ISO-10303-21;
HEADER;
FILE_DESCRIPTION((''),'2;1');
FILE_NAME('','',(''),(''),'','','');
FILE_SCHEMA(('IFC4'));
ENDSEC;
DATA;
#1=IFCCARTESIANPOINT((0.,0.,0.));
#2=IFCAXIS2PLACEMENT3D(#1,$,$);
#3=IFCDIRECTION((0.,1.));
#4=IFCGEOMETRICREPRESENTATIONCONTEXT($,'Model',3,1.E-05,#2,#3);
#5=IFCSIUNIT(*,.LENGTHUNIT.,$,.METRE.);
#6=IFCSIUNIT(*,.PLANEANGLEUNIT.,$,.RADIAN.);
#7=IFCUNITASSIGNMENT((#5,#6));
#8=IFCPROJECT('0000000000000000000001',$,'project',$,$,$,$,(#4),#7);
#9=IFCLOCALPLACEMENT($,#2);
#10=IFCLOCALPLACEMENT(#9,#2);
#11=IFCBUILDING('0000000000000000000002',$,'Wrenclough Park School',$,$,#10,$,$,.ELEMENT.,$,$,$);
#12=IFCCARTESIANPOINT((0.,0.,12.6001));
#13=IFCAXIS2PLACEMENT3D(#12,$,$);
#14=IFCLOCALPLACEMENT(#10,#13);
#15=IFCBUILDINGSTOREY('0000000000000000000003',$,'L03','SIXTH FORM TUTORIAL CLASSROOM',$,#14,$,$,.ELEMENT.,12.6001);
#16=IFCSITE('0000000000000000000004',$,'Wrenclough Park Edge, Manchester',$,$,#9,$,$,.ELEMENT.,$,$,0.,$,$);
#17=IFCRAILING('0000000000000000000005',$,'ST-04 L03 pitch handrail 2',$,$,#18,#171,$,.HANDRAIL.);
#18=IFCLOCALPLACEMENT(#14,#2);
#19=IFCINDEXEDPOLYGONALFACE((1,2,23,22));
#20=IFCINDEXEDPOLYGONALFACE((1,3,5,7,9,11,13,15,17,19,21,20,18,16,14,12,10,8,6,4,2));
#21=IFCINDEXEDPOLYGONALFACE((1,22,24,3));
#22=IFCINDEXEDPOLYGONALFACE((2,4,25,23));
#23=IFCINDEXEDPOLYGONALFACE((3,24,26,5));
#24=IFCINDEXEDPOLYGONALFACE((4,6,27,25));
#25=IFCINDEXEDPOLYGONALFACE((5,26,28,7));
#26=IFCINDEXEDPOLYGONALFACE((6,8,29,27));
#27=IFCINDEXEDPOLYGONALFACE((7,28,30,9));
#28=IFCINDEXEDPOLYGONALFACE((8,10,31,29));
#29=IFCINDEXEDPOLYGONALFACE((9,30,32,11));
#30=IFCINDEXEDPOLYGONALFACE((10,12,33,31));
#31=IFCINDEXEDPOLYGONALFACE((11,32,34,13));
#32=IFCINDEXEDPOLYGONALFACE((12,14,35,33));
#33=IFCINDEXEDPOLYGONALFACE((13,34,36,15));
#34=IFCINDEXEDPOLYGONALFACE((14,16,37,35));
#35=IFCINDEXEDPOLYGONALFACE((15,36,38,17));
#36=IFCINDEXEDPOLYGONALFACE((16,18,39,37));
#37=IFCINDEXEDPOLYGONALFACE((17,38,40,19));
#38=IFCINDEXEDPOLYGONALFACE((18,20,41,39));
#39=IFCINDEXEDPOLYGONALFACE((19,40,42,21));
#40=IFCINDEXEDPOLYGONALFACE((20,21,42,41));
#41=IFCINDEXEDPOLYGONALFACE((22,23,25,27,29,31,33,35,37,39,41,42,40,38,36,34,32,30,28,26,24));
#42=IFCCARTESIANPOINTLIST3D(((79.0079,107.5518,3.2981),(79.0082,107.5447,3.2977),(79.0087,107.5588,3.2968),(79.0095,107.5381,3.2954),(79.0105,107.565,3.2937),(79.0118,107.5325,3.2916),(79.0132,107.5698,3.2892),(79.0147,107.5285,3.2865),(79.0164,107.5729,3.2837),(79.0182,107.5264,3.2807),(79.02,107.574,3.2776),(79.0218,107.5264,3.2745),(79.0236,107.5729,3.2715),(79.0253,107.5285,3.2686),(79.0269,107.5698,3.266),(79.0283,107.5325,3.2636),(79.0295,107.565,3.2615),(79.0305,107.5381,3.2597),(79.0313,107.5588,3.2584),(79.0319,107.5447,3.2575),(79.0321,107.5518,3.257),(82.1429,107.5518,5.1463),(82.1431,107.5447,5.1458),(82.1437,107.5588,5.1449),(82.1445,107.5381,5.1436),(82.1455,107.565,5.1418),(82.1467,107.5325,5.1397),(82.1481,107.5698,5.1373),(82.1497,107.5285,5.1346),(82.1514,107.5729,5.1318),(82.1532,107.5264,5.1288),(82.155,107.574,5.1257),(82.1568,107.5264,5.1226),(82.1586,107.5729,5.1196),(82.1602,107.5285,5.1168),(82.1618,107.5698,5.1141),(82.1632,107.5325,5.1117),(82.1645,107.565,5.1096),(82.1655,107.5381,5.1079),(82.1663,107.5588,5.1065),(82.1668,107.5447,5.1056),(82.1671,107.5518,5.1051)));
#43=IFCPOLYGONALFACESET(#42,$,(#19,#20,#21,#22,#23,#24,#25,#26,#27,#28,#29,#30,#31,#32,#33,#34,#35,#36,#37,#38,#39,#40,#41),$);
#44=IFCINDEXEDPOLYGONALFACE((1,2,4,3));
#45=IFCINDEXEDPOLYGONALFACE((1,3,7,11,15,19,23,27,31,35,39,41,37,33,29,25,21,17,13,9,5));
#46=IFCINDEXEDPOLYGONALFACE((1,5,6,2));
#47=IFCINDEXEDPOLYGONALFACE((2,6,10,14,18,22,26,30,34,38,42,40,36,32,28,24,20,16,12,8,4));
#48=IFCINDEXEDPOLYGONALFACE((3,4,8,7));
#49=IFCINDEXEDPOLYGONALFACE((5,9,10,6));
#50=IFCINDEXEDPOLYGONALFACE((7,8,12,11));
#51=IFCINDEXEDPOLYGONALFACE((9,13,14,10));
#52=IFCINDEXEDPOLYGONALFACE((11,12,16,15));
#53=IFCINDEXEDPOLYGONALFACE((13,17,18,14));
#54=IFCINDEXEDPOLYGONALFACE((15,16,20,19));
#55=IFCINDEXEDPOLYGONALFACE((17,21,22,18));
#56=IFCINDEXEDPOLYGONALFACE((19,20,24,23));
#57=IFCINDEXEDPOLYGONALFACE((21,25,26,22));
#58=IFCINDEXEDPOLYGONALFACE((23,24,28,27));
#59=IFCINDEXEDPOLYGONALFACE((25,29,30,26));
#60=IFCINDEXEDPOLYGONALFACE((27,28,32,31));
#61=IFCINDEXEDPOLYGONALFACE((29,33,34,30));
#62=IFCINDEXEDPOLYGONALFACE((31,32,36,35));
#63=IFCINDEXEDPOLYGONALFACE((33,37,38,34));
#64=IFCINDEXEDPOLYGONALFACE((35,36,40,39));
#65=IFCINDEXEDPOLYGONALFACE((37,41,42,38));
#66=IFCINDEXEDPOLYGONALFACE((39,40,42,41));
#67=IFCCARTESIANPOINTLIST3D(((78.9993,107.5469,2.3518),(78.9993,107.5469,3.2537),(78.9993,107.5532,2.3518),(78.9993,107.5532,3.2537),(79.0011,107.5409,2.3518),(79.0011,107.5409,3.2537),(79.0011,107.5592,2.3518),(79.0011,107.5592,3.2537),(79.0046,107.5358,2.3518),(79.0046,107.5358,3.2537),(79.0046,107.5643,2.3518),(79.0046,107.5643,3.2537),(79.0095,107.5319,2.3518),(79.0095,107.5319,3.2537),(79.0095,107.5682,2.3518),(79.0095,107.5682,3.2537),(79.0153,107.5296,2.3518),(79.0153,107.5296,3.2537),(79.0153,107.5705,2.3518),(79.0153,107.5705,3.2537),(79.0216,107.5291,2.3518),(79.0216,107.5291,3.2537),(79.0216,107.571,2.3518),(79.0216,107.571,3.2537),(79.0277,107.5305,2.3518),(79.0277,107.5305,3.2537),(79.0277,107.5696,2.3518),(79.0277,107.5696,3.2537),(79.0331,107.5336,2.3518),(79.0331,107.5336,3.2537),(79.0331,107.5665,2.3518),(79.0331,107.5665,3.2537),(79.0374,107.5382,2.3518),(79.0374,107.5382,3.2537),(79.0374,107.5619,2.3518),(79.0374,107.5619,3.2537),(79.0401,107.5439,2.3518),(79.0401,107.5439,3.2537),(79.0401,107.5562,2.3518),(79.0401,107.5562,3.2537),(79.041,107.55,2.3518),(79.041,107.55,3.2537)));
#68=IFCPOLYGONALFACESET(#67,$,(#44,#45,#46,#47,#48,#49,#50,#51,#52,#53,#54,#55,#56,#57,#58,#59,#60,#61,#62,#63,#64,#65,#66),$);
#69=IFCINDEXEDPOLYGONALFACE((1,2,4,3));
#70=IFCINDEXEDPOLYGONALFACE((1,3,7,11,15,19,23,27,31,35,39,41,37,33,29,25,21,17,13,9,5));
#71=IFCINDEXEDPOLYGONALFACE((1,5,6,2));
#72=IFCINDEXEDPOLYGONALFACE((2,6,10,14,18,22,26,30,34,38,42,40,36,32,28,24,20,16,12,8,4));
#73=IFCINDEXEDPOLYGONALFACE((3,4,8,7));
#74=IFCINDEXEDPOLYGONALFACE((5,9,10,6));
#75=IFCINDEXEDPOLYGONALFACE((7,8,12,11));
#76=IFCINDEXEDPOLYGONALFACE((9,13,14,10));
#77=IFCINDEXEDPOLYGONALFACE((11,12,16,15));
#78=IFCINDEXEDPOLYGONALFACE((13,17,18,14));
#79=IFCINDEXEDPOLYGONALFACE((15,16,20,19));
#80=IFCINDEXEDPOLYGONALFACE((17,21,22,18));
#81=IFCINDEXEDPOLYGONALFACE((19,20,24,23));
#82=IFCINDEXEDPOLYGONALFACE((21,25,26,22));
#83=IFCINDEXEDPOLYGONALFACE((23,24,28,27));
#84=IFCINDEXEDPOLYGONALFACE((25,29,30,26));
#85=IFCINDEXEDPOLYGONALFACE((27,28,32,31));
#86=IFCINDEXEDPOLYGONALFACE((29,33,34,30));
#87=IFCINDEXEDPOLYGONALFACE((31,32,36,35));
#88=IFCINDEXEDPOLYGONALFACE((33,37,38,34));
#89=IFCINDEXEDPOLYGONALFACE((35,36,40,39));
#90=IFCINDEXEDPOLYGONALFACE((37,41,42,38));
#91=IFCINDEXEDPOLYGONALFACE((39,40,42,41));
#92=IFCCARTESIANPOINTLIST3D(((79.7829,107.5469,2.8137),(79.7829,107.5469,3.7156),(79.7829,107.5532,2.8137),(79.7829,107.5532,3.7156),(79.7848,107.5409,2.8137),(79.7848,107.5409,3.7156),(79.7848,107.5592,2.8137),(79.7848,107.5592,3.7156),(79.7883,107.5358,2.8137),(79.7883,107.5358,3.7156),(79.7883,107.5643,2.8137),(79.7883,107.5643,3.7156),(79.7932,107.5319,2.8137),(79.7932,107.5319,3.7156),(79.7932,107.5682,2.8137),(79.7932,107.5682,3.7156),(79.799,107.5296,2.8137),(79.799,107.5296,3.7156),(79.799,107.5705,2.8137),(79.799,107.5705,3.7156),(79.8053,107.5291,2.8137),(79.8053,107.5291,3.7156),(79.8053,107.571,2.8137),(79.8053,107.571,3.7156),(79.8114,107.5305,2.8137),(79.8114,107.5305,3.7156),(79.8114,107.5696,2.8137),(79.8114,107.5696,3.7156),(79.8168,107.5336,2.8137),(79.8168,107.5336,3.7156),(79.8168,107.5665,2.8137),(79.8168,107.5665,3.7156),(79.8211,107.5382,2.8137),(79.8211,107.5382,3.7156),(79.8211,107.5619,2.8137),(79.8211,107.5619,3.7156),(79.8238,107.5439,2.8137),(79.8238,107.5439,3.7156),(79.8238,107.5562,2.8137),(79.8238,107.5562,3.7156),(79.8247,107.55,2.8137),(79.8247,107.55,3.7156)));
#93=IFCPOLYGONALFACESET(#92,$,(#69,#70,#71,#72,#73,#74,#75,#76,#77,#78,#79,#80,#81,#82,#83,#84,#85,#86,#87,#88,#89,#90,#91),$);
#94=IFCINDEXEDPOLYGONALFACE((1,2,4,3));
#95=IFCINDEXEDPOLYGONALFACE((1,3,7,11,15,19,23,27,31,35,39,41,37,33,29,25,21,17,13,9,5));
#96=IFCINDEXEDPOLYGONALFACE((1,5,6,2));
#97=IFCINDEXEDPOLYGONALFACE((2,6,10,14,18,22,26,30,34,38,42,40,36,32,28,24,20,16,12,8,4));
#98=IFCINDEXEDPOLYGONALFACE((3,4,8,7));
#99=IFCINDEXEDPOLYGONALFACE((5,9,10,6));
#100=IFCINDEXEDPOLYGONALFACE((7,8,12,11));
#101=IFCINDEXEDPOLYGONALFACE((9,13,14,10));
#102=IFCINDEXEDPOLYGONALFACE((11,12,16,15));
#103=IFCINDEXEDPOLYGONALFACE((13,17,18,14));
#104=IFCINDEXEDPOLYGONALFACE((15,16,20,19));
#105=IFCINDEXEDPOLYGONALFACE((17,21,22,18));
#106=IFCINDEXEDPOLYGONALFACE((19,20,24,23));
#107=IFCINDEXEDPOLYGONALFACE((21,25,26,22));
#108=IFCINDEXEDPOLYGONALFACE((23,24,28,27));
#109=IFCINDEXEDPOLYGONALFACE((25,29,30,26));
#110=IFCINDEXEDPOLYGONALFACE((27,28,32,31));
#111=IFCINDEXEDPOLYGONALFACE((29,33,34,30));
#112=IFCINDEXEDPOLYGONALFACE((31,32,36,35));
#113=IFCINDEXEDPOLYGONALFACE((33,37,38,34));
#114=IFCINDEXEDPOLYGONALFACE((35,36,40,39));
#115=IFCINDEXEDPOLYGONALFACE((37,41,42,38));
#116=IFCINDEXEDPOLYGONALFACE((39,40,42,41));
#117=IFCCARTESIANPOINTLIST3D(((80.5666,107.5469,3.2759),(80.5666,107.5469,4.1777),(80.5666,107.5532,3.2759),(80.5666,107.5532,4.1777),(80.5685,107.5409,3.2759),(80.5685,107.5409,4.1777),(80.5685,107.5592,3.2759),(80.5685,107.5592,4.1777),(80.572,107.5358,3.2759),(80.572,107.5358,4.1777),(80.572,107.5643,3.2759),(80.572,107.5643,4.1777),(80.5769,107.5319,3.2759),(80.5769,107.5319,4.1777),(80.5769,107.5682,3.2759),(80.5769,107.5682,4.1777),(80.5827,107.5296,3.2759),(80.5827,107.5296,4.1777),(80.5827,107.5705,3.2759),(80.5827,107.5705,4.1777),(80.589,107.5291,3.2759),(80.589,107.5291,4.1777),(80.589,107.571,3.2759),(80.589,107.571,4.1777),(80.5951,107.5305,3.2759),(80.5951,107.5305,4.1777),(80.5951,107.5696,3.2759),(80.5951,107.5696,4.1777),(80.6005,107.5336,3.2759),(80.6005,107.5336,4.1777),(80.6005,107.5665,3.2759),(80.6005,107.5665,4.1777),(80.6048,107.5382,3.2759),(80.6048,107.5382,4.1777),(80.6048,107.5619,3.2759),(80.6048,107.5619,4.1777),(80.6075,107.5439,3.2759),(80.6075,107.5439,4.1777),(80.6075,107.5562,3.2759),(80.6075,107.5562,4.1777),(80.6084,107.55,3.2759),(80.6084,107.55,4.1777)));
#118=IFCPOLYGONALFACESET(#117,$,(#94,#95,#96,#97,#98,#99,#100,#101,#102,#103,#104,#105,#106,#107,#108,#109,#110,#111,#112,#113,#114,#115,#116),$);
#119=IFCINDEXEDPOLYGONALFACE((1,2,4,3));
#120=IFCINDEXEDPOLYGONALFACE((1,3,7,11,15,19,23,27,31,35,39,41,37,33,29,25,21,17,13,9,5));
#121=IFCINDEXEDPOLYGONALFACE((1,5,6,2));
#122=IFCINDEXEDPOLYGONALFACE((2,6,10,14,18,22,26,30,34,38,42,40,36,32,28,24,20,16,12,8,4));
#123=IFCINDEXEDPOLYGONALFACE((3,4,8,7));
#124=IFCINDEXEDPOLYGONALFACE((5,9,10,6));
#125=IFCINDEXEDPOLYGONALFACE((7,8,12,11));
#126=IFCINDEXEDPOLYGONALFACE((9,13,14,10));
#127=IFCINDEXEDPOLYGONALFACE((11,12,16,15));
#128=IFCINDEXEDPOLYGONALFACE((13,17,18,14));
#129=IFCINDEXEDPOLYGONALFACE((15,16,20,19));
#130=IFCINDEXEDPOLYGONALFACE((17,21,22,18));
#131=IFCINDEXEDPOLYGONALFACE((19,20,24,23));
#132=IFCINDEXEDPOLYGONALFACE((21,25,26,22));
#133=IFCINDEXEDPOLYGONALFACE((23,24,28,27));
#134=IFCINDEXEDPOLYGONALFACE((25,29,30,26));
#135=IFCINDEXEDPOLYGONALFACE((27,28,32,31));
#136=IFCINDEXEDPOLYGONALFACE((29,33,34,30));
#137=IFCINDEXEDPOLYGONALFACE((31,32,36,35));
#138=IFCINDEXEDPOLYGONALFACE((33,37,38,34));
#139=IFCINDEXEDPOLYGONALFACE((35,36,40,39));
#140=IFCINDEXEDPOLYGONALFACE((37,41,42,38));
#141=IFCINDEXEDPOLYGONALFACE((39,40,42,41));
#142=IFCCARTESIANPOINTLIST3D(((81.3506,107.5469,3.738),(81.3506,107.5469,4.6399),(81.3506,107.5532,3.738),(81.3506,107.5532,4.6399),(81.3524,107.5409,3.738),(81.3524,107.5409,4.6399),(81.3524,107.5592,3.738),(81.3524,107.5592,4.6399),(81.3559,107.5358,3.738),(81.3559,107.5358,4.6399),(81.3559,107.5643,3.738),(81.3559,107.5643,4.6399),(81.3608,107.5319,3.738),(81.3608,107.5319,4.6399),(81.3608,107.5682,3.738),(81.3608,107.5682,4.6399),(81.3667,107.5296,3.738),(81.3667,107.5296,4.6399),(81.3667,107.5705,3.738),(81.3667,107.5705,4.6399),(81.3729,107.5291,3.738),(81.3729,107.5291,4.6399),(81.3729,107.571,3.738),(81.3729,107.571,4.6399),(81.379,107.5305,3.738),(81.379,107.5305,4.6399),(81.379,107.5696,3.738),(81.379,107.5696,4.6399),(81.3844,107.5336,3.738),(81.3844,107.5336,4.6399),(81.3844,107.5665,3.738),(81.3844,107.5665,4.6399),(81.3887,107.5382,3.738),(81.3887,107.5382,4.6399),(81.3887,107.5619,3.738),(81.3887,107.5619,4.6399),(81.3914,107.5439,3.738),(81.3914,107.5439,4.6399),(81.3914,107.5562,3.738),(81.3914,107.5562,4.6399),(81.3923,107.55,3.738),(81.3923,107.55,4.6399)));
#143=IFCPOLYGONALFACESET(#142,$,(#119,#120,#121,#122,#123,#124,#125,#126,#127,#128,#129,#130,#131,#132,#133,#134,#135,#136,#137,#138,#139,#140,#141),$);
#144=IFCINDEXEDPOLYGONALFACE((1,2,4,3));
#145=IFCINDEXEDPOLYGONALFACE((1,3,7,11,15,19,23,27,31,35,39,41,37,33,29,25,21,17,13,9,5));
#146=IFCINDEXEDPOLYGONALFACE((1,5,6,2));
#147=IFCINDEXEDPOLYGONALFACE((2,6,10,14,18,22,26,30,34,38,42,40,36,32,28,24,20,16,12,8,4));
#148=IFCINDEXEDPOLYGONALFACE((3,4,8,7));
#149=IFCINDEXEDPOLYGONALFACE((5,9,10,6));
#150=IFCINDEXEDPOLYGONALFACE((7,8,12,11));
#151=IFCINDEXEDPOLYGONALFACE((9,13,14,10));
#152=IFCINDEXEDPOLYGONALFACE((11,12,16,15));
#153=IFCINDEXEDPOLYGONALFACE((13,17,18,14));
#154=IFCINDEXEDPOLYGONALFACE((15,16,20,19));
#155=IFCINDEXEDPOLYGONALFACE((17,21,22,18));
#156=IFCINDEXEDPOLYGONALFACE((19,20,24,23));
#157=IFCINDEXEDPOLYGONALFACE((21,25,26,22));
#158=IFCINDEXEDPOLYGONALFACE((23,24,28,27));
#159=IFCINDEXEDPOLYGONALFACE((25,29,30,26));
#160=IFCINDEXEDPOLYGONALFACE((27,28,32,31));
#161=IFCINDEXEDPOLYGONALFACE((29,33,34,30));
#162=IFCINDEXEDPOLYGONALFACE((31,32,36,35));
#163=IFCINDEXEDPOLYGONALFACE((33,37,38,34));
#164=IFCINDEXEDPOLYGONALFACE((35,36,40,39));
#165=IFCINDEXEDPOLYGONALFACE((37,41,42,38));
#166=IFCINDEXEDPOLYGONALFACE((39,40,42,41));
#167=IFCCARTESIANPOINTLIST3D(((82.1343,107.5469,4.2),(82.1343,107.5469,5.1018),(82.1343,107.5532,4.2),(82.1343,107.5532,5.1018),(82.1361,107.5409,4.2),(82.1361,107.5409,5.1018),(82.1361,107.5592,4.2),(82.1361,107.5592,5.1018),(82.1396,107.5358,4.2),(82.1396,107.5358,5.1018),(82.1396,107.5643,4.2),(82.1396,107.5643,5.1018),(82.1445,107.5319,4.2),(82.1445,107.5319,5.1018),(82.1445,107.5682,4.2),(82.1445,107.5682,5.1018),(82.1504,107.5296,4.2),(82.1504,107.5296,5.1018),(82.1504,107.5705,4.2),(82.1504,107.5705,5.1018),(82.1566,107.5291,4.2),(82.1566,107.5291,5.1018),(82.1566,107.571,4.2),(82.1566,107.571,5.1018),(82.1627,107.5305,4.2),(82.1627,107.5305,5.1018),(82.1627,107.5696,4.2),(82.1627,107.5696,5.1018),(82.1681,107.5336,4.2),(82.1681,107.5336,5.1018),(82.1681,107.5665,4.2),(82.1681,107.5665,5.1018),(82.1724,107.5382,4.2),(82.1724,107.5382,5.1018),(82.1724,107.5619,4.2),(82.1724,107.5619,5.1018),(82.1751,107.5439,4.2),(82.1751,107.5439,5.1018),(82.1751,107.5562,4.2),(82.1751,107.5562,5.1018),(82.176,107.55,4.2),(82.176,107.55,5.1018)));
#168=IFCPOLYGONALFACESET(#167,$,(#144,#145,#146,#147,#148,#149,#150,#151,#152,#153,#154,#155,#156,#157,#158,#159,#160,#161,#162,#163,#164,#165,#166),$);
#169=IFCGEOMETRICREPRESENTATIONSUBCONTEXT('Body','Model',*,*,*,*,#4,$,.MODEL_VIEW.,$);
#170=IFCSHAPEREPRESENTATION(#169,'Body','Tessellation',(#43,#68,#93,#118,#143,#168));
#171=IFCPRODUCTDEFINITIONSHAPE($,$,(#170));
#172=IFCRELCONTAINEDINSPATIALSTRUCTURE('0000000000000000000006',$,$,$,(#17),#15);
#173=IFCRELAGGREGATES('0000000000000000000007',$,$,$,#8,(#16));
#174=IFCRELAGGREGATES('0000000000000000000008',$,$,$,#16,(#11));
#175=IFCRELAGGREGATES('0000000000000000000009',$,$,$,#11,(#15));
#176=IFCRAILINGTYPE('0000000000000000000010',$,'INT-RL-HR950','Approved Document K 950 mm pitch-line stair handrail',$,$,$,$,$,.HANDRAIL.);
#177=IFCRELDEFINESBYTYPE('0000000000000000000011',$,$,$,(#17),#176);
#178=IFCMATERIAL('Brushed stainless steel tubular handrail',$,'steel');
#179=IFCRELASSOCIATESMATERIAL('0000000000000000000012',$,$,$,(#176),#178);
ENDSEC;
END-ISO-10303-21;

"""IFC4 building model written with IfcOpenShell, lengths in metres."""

from ifc_helpers import new_model, si_unit, direction, frame, origin, origin_2d, place, context, subcontext, project, spatial, circle, extrude, material, type_object, element, save


model = new_model("IFC4")

# Units and contexts
model_context = context("Model", 3, precision=1e-05, world=origin(), true_north=direction((0.0, 1.0)))
body_context = subcontext(model_context, "Body", "Model", "MODEL_VIEW")
ifc_project = project(units=[si_unit("LENGTHUNIT", "METRE"), si_unit("PLANEANGLEUNIT", "RADIAN")], contexts=[model_context])

# Site, building, storey
site_placement = place(None, origin())
site = spatial("IfcSite", under=ifc_project, at=site_placement, Name="Wrenclough Park Edge, Manchester", CompositionType="ELEMENT", RefElevation=0.0)
building_placement = place(site_placement, origin())
building = spatial("IfcBuilding", under=site, at=building_placement, Name="Wrenclough Park School", CompositionType="ELEMENT")
storey_placement = place(building_placement, frame((0.0, 0.0, 12.6001)))
storey = spatial("IfcBuildingStorey", under=building, at=storey_placement, Name="L03", Description="SIXTH FORM TUTORIAL CLASSROOM", CompositionType="ELEMENT", Elevation=12.6001)

# Railing
ifc_material_1 = material(Name="Brushed stainless steel tubular handrail", Category="steel")
railing_type_1 = type_object("IfcRailingType", Name="INT-RL-HR950", Description="Approved Document K 950 mm pitch-line stair handrail", PredefinedType="HANDRAIL", material=ifc_material_1)
railing_1_placement = place(storey_placement, frame((79.02, 107.55, 2.3518)))
element("IfcRailing", 1, at=railing_1_placement, inside=storey, type_object=railing_type_1, Name="ST-04 L03 pitch handrail 2", PredefinedType="HANDRAIL", context=body_context, shape_type="SweptSolid", body=[
    extrude(circle(Radius=0.0239, at=origin_2d()), frame((0.0, 0.0, 0.9258), z_axis=(0.861451, 0.0, 0.507841), x_axis=(0.0, 1.0, 0.0)), (0.0, 0.0, 1.0), 3.6392),
    extrude(circle(Radius=0.021, at=origin_2d()), origin(), (0.0, 0.0, 1.0), 0.9019),
    extrude(circle(Radius=0.021, at=origin_2d()), frame((0.7837, 0.0, 0.4619)), (0.0, 0.0, 1.0), 0.9019),
    extrude(circle(Radius=0.021, at=origin_2d()), frame((1.5674, 0.0, 0.9241)), (0.0, 0.0, 1.0), 0.9019),
    extrude(circle(Radius=0.021, at=origin_2d()), frame((2.3513, 0.0, 1.3862)), (0.0, 0.0, 1.0), 0.9019),
    extrude(circle(Radius=0.021, at=origin_2d()), frame((3.135, 0.0, 1.8481)), (0.0, 0.0, 1.0), 0.9019),
])

save(model, "model.ifc")
